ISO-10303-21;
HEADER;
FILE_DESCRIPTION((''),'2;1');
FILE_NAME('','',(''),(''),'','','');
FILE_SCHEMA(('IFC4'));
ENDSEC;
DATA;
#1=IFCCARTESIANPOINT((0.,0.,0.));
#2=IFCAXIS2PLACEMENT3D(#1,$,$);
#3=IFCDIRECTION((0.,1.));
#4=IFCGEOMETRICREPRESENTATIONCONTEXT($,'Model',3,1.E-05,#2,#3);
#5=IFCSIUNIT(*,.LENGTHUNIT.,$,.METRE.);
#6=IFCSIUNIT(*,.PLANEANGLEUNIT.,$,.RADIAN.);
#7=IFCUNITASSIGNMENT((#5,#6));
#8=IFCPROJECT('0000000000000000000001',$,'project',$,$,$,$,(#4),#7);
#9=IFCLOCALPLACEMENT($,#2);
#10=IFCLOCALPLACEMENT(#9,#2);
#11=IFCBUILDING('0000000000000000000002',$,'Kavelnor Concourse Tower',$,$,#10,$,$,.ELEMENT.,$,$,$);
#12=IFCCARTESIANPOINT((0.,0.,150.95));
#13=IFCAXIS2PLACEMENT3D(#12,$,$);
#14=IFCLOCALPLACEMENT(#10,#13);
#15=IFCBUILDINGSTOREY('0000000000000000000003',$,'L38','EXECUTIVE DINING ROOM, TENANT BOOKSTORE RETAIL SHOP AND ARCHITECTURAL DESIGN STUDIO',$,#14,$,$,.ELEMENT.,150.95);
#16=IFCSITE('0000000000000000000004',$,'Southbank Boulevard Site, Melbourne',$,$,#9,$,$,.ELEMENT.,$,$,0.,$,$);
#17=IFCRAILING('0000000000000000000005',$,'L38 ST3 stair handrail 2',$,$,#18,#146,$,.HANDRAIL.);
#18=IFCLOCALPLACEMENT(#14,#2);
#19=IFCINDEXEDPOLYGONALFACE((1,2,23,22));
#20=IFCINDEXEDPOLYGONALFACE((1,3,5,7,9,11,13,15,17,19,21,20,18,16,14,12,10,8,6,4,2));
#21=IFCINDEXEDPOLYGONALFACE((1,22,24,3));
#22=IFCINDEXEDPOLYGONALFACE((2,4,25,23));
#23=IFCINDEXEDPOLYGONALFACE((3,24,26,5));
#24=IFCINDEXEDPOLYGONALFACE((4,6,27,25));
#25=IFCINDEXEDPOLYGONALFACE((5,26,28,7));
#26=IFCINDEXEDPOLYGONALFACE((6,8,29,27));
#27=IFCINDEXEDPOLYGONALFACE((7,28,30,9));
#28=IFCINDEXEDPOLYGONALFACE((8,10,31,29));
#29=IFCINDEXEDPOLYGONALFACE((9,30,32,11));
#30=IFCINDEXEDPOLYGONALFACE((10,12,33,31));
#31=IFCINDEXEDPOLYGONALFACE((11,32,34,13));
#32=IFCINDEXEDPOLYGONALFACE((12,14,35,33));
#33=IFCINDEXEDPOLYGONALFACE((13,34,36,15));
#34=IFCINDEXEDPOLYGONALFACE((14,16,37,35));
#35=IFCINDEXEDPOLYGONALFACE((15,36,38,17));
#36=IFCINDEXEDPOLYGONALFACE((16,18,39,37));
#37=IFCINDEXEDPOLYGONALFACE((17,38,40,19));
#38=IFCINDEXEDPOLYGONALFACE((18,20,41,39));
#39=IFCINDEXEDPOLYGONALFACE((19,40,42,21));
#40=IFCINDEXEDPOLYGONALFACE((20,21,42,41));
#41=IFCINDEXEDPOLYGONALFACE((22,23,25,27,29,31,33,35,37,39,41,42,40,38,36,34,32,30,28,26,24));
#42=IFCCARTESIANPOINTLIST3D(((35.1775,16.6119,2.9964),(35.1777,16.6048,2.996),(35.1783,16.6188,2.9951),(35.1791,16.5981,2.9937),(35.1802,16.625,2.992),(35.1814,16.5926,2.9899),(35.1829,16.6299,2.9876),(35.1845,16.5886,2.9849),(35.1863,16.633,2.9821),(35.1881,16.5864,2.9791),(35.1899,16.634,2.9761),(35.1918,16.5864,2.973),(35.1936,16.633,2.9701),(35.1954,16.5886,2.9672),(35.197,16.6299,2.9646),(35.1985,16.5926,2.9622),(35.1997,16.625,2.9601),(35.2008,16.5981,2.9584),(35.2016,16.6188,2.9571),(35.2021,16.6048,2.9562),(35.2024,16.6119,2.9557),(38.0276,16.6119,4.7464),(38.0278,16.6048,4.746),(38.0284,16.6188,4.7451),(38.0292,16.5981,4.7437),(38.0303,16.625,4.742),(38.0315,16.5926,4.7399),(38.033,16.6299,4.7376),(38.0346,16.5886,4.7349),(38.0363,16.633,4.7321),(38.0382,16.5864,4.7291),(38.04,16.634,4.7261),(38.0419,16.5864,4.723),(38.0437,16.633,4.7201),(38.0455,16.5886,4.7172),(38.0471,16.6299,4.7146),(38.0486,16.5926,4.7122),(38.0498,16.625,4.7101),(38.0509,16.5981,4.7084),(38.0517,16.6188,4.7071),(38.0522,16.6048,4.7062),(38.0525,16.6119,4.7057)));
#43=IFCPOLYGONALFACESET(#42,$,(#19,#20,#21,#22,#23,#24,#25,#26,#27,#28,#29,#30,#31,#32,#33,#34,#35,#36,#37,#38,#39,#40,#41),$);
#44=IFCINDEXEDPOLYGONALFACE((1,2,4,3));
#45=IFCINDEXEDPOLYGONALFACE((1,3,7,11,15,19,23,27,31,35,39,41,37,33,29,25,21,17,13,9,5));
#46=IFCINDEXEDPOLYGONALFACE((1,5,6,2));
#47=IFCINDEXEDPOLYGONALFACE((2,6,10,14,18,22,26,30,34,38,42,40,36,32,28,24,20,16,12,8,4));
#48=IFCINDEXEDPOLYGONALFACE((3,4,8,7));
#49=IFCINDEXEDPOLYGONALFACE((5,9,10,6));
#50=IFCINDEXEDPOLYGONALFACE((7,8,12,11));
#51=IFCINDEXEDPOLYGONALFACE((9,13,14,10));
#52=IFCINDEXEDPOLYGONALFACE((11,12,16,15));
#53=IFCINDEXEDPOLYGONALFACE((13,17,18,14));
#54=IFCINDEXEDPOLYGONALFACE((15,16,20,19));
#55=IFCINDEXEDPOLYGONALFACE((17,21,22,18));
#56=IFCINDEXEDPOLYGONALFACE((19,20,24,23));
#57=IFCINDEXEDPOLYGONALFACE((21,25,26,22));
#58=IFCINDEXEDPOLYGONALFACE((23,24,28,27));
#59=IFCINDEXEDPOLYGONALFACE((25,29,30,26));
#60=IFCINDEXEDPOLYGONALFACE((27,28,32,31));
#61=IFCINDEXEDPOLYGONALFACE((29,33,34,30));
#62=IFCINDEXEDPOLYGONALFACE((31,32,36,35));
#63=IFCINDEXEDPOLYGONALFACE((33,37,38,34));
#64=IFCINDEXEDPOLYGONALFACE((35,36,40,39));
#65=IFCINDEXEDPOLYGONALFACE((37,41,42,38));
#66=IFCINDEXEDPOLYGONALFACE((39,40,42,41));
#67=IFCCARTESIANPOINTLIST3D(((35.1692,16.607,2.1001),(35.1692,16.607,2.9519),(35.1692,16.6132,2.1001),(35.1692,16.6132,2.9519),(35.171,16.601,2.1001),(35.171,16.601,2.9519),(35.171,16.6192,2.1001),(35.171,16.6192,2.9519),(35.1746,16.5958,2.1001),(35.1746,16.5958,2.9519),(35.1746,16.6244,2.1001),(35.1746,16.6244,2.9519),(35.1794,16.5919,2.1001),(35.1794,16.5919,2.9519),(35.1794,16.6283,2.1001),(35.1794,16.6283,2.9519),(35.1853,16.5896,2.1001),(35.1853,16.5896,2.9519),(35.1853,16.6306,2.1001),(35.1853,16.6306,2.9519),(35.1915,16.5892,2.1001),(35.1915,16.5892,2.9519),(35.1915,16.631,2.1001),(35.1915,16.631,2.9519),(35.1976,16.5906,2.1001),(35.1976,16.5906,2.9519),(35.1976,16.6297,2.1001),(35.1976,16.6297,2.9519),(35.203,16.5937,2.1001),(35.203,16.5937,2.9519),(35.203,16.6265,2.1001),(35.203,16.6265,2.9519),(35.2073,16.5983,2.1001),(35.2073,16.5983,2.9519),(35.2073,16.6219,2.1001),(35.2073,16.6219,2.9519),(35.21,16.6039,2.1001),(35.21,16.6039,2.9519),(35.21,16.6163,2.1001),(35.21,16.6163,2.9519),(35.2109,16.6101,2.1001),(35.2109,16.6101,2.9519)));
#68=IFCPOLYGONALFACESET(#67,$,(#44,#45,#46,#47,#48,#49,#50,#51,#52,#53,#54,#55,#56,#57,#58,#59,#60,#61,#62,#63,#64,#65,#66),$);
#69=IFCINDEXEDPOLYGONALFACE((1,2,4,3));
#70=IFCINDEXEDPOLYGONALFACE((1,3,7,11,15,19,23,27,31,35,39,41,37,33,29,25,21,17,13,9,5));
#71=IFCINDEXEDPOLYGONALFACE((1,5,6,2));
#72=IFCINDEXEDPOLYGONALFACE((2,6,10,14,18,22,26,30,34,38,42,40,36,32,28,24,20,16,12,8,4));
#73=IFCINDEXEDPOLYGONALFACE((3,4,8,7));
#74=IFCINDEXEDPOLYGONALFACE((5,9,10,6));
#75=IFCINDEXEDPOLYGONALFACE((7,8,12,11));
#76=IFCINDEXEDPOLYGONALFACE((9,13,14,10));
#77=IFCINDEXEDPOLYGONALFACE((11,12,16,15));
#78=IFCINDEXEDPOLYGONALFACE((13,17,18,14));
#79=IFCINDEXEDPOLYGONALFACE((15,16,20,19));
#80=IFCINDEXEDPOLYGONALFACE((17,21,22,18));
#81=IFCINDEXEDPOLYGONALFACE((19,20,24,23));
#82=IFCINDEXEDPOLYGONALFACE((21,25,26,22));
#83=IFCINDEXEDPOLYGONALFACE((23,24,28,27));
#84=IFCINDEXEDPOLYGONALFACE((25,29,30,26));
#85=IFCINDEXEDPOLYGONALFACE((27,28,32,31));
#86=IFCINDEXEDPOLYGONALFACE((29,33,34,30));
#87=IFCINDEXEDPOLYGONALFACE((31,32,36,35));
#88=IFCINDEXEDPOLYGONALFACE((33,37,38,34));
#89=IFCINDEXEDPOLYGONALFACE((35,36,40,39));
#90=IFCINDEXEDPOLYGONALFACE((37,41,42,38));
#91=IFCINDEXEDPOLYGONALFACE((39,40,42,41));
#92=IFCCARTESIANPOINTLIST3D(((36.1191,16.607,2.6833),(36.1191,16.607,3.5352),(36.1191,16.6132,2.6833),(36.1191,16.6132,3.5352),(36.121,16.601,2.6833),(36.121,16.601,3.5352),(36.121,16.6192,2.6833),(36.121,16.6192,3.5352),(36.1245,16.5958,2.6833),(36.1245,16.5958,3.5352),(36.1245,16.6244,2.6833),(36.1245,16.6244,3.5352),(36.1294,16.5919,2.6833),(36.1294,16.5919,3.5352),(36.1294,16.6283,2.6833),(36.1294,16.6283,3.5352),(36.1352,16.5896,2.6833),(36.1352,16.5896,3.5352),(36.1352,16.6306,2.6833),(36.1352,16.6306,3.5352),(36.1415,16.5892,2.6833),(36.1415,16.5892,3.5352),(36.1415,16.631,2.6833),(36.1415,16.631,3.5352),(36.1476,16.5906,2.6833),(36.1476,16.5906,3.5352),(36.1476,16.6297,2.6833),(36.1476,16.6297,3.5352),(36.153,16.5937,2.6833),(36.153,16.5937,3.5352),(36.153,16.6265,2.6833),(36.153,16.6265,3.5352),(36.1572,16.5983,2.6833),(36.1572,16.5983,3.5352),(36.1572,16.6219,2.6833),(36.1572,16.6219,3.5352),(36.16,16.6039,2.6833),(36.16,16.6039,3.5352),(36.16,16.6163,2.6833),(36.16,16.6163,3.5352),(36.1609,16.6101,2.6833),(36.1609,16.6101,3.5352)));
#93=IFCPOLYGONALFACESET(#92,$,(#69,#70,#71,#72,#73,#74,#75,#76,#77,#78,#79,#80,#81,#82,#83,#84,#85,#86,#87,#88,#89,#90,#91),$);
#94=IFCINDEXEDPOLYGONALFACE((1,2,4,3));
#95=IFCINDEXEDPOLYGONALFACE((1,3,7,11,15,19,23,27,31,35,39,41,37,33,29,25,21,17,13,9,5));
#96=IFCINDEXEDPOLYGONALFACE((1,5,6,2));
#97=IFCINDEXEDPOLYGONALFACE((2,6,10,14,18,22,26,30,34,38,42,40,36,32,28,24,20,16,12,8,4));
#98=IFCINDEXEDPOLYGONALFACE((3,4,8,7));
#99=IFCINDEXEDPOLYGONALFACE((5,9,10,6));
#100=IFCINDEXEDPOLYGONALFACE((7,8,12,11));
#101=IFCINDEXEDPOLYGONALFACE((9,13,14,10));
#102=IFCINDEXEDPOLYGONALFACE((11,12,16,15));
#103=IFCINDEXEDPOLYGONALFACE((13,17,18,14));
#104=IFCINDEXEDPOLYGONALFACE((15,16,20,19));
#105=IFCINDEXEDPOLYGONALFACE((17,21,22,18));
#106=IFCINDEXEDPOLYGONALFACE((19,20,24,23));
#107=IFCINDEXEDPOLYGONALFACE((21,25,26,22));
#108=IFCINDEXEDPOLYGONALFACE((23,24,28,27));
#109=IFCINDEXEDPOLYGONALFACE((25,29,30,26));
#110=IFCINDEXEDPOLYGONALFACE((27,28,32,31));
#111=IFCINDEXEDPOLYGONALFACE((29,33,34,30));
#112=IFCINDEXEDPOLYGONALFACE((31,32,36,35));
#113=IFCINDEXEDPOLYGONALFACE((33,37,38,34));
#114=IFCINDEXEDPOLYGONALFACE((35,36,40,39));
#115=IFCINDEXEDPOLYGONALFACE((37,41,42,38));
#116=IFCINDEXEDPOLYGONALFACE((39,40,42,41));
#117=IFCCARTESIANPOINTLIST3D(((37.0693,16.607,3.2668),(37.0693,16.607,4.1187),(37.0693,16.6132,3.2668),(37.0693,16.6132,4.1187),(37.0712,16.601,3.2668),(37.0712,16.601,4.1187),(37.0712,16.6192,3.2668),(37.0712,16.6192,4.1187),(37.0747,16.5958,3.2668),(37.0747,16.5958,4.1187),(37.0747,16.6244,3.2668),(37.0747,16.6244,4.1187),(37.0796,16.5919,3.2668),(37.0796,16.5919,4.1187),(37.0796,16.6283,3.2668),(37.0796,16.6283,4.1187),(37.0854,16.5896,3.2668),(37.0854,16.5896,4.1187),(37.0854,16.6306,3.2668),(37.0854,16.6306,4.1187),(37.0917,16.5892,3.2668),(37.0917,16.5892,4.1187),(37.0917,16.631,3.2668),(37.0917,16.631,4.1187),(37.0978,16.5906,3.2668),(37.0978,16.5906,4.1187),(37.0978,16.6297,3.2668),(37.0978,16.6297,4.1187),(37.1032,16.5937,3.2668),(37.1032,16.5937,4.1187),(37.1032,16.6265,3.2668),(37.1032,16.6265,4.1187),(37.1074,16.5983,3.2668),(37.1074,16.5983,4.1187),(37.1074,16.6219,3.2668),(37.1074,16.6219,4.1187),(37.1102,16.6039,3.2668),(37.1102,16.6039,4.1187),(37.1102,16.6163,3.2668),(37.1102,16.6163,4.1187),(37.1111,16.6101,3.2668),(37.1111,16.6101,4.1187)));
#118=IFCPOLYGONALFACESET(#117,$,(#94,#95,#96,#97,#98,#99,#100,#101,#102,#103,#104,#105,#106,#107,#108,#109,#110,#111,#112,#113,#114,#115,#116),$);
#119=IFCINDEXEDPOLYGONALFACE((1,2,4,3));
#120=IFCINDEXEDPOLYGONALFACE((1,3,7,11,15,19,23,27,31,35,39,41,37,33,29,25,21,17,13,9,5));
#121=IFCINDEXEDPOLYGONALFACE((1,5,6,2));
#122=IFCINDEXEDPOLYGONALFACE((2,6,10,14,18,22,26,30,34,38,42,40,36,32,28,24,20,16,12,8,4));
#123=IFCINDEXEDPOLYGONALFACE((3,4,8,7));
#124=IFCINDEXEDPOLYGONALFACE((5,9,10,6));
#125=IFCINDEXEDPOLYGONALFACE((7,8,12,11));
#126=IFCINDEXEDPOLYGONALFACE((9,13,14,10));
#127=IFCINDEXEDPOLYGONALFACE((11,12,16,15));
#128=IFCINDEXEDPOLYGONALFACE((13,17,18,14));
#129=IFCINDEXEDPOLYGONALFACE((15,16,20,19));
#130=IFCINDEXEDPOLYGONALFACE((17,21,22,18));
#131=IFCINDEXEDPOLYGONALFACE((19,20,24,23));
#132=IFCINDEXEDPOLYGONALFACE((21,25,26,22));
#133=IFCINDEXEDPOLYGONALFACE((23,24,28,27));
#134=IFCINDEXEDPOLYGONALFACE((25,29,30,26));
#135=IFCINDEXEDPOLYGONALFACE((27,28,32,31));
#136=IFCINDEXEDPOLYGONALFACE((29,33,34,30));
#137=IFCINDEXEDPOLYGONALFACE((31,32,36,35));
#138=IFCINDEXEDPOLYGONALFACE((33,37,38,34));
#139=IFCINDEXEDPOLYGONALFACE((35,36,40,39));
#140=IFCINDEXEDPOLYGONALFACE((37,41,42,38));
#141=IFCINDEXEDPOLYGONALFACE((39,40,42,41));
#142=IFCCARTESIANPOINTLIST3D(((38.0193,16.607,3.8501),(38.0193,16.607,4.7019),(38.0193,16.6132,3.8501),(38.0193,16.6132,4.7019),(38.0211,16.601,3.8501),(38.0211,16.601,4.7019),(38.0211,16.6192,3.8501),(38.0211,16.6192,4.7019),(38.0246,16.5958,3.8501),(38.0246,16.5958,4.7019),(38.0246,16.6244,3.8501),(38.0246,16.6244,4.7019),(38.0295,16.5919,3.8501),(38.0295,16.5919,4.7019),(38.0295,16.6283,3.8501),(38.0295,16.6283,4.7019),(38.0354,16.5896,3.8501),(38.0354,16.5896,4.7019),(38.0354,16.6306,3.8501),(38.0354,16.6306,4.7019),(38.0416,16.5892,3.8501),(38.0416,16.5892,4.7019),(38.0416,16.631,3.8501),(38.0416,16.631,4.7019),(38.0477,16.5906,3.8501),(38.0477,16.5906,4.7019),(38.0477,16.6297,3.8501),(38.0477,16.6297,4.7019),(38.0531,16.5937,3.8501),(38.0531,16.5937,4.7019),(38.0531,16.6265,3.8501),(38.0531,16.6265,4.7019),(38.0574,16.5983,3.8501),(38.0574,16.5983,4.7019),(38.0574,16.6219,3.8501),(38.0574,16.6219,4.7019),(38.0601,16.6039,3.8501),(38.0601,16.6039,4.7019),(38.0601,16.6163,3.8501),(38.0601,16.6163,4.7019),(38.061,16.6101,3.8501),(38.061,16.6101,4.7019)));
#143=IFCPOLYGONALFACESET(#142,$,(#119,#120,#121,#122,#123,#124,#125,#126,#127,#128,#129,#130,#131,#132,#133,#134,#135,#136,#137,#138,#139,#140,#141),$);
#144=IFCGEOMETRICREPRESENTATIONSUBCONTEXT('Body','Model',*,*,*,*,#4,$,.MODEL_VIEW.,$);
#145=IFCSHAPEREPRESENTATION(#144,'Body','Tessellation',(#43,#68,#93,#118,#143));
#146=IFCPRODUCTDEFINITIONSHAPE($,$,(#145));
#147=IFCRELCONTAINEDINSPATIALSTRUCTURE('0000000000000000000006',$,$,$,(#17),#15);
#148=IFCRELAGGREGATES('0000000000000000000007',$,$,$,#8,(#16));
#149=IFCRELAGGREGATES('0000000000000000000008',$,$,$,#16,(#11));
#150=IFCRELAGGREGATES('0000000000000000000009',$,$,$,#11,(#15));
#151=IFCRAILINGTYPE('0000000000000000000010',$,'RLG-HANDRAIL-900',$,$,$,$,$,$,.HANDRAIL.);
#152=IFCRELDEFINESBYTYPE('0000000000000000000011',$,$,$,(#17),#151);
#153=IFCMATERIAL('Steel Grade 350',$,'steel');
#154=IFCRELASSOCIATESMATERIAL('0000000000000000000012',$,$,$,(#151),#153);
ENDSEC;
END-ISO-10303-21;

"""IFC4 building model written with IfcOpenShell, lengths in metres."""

from ifc_helpers import new_model, si_unit, direction, frame, origin, origin_2d, place, context, subcontext, project, spatial, circle, extrude, material, type_object, element, save


model = new_model("IFC4")

# Units and contexts
model_context = context("Model", 3, precision=1e-05, world=origin(), true_north=direction((0.0, 1.0)))
body_context = subcontext(model_context, "Body", "Model", "MODEL_VIEW")
ifc_project = project(units=[si_unit("LENGTHUNIT", "METRE"), si_unit("PLANEANGLEUNIT", "RADIAN")], contexts=[model_context])

# Site, building, storey
site_placement = place(None, origin())
site = spatial("IfcSite", under=ifc_project, at=site_placement, Name="Southbank Boulevard Site, Melbourne", CompositionType="ELEMENT", RefElevation=0.0)
building_placement = place(site_placement, origin())
building = spatial("IfcBuilding", under=site, at=building_placement, Name="Kavelnor Concourse Tower", CompositionType="ELEMENT")
storey_placement = place(building_placement, frame((0.0, 0.0, 150.95)))
storey = spatial("IfcBuildingStorey", under=building, at=storey_placement, Name="L38", Description="EXECUTIVE DINING ROOM, TENANT BOOKSTORE RETAIL SHOP AND ARCHITECTURAL DESIGN STUDIO", CompositionType="ELEMENT", Elevation=150.95)

# Shared definitions
ifc_material_1 = material(Name="Steel Grade 350", Category="steel")

# Railing
railing_type_1 = type_object("IfcRailingType", Name="RLG-HANDRAIL-900", PredefinedType="HANDRAIL", material=ifc_material_1)
railing_1_placement = place(storey_placement, frame((35.1899, 16.6101, 2.1001)))
element("IfcRailing", 1, at=railing_1_placement, inside=storey, type_object=railing_type_1, Name="L38 ST3 stair handrail 2", PredefinedType="HANDRAIL", context=body_context, shape_type="SweptSolid", body=[
    extrude(circle(Radius=0.0239, at=origin_2d()), frame((0.0, 0.0, 0.876), z_axis=(0.852179, 0.0, 0.52325), x_axis=(0.0, 1.0, 0.0)), (0.0, 0.0, 1.0), 3.3445),
    extrude(circle(Radius=0.021, at=origin_2d()), origin(), (0.0, 0.0, 1.0), 0.8518),
    extrude(circle(Radius=0.021, at=origin_2d()), frame((0.95, 0.0, 0.5833)), (0.0, 0.0, 1.0), 0.8518),
    extrude(circle(Radius=0.021, at=origin_2d()), frame((1.9001, 0.0, 1.1667)), (0.0, 0.0, 1.0), 0.8518),
    extrude(circle(Radius=0.021, at=origin_2d()), frame((2.8501, 0.0, 1.75)), (0.0, 0.0, 1.0), 0.8518),
])

save(model, "model.ifc")
